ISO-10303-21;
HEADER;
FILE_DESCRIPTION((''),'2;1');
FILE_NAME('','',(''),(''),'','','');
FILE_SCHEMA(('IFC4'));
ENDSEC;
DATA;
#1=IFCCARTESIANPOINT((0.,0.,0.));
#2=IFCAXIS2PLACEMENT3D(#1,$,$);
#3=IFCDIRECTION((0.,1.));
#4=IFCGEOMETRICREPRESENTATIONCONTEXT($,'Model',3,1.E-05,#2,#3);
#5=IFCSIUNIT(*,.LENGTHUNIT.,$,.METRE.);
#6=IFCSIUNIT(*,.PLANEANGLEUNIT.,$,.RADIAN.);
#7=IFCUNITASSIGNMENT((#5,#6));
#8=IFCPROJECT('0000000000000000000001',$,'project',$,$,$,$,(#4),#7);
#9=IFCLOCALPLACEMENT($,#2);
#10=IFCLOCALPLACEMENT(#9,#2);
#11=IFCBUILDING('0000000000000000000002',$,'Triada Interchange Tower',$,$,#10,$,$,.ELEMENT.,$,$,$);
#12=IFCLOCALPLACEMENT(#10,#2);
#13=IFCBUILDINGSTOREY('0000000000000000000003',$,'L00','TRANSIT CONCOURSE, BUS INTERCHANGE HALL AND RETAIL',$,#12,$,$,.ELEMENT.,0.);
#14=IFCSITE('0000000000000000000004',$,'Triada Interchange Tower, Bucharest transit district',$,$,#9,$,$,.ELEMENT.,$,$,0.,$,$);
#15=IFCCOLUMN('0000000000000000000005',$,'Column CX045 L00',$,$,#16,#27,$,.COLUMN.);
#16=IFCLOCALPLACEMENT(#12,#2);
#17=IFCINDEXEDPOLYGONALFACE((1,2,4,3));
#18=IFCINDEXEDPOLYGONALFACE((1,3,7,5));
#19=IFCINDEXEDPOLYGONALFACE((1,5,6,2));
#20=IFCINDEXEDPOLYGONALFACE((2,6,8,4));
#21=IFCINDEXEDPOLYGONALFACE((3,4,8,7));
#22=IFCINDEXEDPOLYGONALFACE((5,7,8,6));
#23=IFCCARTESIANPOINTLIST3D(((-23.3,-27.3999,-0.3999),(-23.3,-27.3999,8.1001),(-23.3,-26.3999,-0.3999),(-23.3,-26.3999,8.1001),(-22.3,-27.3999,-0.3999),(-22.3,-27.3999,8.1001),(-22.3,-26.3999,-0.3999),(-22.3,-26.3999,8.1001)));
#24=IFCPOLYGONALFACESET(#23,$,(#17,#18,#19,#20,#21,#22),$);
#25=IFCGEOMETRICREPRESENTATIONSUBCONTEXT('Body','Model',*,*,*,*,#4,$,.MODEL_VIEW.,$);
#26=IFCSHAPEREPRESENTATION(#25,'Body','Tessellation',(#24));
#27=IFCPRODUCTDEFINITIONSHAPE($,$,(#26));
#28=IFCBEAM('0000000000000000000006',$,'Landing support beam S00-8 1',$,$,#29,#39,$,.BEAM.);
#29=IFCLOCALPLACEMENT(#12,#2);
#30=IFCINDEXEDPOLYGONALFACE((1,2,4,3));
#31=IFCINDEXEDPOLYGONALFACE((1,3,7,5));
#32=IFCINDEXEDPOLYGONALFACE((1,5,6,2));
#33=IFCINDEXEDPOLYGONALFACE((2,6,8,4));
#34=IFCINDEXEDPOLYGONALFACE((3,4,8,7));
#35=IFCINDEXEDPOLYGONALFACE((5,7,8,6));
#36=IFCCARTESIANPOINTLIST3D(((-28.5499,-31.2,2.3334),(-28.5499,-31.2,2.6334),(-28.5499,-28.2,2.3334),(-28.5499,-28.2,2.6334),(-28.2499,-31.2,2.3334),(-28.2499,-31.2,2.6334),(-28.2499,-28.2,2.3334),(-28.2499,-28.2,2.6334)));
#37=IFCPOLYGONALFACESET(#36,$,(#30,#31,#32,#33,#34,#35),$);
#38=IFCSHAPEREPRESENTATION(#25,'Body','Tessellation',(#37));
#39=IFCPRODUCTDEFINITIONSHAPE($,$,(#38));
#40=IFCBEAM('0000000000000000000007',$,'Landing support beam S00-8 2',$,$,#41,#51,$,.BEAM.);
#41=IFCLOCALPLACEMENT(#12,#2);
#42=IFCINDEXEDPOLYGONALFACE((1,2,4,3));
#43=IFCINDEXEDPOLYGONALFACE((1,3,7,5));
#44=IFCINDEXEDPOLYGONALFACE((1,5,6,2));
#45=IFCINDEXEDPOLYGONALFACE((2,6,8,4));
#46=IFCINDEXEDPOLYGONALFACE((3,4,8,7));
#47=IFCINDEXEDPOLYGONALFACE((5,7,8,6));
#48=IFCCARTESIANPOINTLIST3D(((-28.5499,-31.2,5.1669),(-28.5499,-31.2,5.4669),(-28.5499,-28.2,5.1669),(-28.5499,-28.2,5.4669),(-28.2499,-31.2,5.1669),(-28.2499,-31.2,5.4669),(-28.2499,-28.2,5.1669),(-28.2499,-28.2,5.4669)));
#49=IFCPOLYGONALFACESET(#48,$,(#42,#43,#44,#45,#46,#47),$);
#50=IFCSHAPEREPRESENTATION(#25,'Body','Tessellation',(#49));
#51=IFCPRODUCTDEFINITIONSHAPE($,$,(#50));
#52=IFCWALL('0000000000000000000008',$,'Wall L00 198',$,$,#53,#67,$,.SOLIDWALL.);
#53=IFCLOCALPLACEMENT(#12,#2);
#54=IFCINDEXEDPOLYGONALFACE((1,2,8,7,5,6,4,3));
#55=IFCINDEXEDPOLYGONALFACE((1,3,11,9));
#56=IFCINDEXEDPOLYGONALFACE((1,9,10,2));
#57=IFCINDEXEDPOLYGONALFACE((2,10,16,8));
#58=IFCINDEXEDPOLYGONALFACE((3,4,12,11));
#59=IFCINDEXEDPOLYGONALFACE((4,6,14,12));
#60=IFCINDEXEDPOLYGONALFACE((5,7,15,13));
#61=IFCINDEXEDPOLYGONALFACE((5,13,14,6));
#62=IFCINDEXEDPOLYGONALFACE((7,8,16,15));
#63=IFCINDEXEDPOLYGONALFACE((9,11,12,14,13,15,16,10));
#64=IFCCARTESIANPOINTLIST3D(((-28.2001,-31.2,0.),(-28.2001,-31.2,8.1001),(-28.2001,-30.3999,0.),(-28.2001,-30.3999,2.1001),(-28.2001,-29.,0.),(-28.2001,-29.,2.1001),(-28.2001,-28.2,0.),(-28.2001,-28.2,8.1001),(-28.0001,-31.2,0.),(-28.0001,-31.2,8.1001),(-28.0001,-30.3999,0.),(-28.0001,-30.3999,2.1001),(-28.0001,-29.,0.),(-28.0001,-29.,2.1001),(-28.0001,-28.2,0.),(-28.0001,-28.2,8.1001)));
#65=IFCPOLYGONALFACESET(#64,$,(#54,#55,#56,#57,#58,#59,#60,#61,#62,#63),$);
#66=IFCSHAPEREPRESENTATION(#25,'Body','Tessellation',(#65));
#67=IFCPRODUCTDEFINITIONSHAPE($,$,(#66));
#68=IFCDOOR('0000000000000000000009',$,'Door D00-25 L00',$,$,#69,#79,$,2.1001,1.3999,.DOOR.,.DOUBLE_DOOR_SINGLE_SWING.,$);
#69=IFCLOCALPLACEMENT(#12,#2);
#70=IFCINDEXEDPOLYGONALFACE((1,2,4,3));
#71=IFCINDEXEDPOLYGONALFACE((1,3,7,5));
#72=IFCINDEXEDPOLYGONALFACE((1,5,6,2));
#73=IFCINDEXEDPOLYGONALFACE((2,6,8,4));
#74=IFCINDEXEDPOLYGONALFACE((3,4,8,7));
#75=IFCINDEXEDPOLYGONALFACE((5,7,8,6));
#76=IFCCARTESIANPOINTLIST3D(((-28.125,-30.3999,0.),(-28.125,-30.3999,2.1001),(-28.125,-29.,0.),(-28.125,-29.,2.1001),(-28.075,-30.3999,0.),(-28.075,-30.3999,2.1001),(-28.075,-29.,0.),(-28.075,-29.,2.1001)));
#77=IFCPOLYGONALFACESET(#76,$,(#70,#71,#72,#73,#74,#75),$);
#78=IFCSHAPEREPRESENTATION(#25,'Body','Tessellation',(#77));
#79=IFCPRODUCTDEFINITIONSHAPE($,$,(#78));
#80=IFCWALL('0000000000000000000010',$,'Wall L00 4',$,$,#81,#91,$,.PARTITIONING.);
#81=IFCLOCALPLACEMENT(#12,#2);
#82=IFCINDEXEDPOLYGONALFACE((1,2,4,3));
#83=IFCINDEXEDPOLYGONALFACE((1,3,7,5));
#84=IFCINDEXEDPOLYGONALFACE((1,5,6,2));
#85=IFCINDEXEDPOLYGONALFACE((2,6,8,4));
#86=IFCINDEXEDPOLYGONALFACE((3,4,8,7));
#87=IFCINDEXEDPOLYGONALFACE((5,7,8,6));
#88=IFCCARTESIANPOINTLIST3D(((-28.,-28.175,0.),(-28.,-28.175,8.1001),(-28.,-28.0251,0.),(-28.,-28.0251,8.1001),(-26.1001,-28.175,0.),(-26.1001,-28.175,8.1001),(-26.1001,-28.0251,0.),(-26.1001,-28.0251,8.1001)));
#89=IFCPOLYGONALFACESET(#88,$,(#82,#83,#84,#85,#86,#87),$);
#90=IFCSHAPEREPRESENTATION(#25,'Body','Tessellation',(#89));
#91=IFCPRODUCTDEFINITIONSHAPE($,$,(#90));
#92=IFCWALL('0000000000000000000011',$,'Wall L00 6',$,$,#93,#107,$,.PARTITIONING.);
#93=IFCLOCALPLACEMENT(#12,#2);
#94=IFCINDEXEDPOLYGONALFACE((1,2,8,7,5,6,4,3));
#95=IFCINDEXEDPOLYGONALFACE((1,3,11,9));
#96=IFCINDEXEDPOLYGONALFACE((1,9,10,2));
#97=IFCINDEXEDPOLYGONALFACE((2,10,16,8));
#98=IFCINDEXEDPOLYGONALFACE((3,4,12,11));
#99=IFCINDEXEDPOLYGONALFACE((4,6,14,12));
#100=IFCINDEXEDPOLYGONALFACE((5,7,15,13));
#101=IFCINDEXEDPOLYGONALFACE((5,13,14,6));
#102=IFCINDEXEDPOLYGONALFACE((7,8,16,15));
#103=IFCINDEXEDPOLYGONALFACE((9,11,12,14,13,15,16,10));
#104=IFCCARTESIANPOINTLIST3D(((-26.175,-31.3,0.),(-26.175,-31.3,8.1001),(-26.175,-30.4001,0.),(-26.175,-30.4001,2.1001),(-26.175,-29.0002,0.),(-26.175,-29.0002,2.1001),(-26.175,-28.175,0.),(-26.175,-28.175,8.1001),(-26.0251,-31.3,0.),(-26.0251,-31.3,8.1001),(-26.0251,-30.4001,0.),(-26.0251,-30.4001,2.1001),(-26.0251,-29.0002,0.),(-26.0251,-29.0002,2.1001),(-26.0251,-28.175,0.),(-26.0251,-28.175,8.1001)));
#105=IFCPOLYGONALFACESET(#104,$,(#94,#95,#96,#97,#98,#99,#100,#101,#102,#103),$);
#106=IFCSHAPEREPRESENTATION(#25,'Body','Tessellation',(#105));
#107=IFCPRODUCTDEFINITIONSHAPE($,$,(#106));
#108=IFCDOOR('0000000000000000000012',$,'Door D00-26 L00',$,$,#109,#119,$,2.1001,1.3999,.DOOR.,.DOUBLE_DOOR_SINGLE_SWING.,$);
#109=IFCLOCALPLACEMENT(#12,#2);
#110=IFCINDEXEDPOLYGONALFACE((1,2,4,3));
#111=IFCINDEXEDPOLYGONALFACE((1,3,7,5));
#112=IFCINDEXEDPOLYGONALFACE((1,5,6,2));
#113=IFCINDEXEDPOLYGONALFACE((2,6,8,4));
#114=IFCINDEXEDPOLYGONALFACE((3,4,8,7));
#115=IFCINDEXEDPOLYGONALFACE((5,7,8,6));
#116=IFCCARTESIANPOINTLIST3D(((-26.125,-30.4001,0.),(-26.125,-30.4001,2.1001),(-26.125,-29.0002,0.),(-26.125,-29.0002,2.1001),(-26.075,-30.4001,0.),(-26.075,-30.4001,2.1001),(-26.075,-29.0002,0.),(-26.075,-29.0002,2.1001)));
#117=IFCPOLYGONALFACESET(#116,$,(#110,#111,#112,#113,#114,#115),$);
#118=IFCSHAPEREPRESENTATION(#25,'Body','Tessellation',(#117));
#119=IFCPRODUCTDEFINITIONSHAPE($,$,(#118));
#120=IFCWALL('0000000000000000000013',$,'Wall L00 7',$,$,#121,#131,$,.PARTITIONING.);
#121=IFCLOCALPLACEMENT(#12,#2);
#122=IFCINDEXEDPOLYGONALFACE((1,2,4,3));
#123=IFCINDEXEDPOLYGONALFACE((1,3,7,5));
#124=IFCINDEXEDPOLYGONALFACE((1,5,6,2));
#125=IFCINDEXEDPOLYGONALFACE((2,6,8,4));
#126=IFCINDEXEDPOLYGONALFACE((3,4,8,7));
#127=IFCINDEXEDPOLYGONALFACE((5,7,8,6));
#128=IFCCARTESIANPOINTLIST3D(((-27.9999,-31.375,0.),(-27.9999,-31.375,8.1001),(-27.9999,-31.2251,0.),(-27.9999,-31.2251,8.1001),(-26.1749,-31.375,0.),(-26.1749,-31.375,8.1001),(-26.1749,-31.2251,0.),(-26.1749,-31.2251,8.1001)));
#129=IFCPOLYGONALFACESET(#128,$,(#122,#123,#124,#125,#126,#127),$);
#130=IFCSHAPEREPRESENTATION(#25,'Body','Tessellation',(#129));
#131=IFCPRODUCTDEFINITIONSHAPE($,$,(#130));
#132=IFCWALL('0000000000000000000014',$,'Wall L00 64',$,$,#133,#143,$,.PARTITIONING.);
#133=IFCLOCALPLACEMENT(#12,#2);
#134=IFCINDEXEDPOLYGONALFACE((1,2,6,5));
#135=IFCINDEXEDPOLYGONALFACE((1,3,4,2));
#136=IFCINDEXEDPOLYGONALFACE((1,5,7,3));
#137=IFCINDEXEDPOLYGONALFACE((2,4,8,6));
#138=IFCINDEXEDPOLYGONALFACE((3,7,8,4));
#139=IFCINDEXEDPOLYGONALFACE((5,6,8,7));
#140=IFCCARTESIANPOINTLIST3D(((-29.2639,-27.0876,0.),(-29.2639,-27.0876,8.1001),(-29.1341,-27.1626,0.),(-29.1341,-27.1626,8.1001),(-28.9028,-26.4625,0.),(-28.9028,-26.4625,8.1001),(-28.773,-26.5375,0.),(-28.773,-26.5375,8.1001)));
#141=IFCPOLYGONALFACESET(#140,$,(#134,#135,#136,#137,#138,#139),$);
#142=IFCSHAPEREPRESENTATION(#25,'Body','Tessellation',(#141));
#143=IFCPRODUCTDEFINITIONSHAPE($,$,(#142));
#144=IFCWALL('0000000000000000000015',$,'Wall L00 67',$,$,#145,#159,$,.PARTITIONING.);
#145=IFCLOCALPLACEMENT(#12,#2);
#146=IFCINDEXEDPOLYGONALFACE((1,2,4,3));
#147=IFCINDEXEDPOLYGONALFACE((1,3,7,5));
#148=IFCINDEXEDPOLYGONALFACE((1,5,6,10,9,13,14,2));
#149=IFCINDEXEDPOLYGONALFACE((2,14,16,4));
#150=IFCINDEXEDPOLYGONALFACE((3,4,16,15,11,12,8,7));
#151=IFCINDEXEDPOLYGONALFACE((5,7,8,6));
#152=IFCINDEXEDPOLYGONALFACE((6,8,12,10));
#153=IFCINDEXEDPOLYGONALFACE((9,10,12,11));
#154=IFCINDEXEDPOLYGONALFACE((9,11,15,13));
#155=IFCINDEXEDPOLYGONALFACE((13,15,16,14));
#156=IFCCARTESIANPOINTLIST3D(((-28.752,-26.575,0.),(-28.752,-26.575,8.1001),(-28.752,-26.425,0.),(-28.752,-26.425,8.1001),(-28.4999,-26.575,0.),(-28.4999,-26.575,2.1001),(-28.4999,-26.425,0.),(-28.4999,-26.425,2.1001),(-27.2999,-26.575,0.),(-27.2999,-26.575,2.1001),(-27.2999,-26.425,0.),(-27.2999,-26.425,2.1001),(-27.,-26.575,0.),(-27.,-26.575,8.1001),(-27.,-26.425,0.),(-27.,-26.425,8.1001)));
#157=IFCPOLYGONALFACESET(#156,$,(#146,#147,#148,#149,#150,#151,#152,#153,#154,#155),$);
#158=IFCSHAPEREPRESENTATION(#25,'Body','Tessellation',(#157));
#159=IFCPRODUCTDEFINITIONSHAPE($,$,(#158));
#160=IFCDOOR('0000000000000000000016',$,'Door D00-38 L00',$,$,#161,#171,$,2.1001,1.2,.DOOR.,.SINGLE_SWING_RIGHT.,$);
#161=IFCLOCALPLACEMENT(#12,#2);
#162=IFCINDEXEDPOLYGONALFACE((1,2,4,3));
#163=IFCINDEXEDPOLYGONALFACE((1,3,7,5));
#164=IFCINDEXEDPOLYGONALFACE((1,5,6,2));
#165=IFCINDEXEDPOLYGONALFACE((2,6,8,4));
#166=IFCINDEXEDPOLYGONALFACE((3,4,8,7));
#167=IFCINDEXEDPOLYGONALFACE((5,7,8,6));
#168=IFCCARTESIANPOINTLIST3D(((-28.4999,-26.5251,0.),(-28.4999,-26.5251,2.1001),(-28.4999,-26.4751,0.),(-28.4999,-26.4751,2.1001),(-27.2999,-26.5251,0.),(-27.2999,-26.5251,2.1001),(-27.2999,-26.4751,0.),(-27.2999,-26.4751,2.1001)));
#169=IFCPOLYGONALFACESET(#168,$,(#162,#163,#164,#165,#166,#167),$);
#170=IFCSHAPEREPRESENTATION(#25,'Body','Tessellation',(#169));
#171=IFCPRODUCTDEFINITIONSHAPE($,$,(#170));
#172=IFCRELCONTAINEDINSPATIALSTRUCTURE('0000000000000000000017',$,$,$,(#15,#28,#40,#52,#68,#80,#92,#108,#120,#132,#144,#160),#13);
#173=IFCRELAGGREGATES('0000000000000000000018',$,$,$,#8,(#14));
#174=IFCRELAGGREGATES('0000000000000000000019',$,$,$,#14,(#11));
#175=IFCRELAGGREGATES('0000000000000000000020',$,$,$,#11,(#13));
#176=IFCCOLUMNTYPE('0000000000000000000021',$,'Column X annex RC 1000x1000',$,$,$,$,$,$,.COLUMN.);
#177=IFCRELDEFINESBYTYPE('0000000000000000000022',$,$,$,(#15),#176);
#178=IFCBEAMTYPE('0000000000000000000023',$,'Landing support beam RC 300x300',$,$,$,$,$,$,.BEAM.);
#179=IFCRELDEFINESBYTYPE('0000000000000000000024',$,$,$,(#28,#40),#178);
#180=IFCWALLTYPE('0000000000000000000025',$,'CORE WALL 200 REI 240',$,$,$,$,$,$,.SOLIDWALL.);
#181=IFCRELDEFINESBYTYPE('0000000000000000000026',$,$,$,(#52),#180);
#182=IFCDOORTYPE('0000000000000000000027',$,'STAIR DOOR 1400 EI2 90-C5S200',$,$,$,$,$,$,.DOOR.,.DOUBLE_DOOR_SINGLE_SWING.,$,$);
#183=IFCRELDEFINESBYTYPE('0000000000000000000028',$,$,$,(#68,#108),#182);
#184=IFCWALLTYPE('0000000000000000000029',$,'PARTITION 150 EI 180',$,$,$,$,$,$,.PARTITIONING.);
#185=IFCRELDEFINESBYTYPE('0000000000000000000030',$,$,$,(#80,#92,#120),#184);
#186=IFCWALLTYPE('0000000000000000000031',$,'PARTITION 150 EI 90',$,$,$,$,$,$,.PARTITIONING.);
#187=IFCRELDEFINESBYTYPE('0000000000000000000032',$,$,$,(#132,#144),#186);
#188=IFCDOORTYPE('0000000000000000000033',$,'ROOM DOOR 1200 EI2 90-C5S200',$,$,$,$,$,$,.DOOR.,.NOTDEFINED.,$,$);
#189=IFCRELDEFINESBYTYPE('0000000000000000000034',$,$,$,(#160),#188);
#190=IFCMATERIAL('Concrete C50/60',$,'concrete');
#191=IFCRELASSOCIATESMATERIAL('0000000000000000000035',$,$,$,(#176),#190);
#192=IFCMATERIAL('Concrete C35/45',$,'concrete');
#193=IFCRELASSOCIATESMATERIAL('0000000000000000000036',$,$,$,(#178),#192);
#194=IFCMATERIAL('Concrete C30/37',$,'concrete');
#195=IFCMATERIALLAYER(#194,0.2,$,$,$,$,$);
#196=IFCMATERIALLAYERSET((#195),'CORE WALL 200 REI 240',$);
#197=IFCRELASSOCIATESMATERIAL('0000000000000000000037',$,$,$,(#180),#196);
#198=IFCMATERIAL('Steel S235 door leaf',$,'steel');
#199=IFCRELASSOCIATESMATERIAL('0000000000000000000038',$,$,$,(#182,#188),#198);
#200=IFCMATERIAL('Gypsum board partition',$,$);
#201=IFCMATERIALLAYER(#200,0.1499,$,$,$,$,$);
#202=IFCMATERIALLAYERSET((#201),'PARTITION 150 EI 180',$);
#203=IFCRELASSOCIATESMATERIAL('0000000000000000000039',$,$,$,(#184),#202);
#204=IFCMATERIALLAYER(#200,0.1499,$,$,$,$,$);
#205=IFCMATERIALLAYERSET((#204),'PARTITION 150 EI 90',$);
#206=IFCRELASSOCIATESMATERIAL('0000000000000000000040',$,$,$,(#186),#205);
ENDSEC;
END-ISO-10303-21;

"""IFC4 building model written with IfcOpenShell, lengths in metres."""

from ifc_helpers import new_model, si_unit, direction, frame, frame_2d, origin, origin_2d, place, context, subcontext, project, spatial, rectangle, extrude, material, layer, layer_set, material_profile, profile_set, type_object, element, fill, save


model = new_model("IFC4")

# Units and contexts
model_context = context("Model", 3, precision=1e-05, world=origin(), true_north=direction((0.0, 1.0)))
body_context = subcontext(model_context, "Body", "Model", "MODEL_VIEW")
ifc_project = project(units=[si_unit("LENGTHUNIT", "METRE"), si_unit("PLANEANGLEUNIT", "RADIAN")], contexts=[model_context])

# Site, building, storey
site_placement = place(None, origin())
site = spatial("IfcSite", under=ifc_project, at=site_placement, Name="Triada Interchange Tower, Bucharest transit district", CompositionType="ELEMENT", RefElevation=0.0)
building_placement = place(site_placement, origin())
building = spatial("IfcBuilding", under=site, at=building_placement, Name="Triada Interchange Tower", CompositionType="ELEMENT")
storey_placement = place(building_placement, origin())
storey = spatial("IfcBuildingStorey", under=building, at=storey_placement, Name="L00", Description="TRANSIT CONCOURSE, BUS INTERCHANGE HALL AND RETAIL", CompositionType="ELEMENT", Elevation=0.0)

# Column
ifc_material_1 = material(Name="Concrete C50/60", Category="concrete")
ifc_material_profile_1 = material_profile(ifc_material_1, rectangle(XDim=1.0, YDim=1.0, at=origin_2d()), Name="RC 1000x1000")
ifc_profile_set_1 = profile_set([ifc_material_profile_1], Name="Concrete C50/60")
column_type = type_object("IfcColumnType", Name="Column X annex RC 1000x1000", PredefinedType="COLUMN", material=ifc_profile_set_1)
column_placement = place(storey_placement, frame((-22.8, -26.8999, -0.3999), z_axis=(0.0, 0.0, 1.0), x_axis=(1.0, 0.0, 0.0)))
element("IfcColumn", 1, at=column_placement, inside=storey, type_object=column_type, Name="Column CX045 L00", PredefinedType="COLUMN", context=body_context, shape_type="SweptSolid", body=[
    extrude(rectangle(XDim=1.0, YDim=1.0, at=origin_2d()), origin(), (0.0, 0.0, 1.0), 8.5),
])

# Beams
ifc_material_2 = material(Name="Concrete C35/45", Category="concrete")
ifc_material_profile_2 = material_profile(ifc_material_2, rectangle(XDim=0.3, YDim=0.3, at=origin_2d()), Name="RC 300x300")
ifc_profile_set_2 = profile_set([ifc_material_profile_2], Name="Concrete C35/45")
beam_type = type_object("IfcBeamType", Name="Landing support beam RC 300x300", PredefinedType="BEAM", material=ifc_profile_set_2)
for number, where, z_axis, x_axis, name in (
    (2, (-28.3999, -31.2, 2.4834), (0.0, 1.0, 0.0), (-1.0, 0.0, 0.0), "Landing support beam S00-8 1"),
    (3, (-28.3999, -31.2, 5.3169), (0.0, 1.0, 0.0), (-1.0, 0.0, 0.0), "Landing support beam S00-8 2"),
):
    element("IfcBeam", number, at=place(storey_placement, frame(where, z_axis=z_axis, x_axis=x_axis)), inside=storey, type_object=beam_type, Name=name, PredefinedType="BEAM", context=body_context, shape_type="SweptSolid", body=[
        extrude(rectangle(XDim=0.3, YDim=0.3, at=origin_2d()), origin(), (0.0, 0.0, 1.0), 3.0),
    ])

# Wall, opening, door
ifc_material_3 = material(Name="Concrete C30/37", Category="concrete")
ifc_layer_1 = layer(ifc_material_3, 0.2)
ifc_layer_set_1 = layer_set([ifc_layer_1], Name="CORE WALL 200 REI 240")
wall_type_1 = type_object("IfcWallType", Name="CORE WALL 200 REI 240", PredefinedType="SOLIDWALL", material=ifc_layer_set_1)
wall_1_placement = place(storey_placement, frame((-28.1001, -31.2, 0.0), z_axis=(0.0, 0.0, 1.0), x_axis=(0.0, 1.0, 0.0)))
wall_1 = element("IfcWall", 4, at=wall_1_placement, inside=storey, type_object=wall_type_1, Name="Wall L00 198", PredefinedType="SOLIDWALL", context=body_context, shape_type="SweptSolid", body=[
    extrude(rectangle(XDim=3.0, YDim=0.2, at=frame_2d((1.5, 0.0))), origin(), (0.0, 0.0, 1.0), 8.1001),
])
opening_1_placement = place(wall_1_placement, frame((0.8, 0.0, 0.0)))
opening_1 = element("IfcOpeningElement", 5, at=opening_1_placement, cuts=wall_1, PredefinedType="OPENING", context=body_context, shape_type="SweptSolid", body=[
    extrude(rectangle(XDim=1.3999, YDim=2.1001, at=frame_2d((0.7, 1.05))), frame((0.0, 0.1099, 0.0), z_axis=(0.0, -1.0, 0.0), x_axis=(1.0, 0.0, 0.0)), (0.0, 0.0, 1.0), 0.22),
])
ifc_material_4 = material(Name="Steel S235 door leaf", Category="steel")
door_type_1 = type_object("IfcDoorType", Name="STAIR DOOR 1400 EI2 90-C5S200", OperationType="DOUBLE_DOOR_SINGLE_SWING", PredefinedType="DOOR", material=ifc_material_4)
door_1_placement = place(opening_1_placement, origin())
door_1 = element("IfcDoor", 6, at=door_1_placement, inside=storey, type_object=door_type_1, Name="Door D00-25 L00", OperationType="DOUBLE_DOOR_SINGLE_SWING", OverallHeight=2.1001, OverallWidth=1.3999, PredefinedType="DOOR", context=body_context, shape_type="SweptSolid", body=[
    extrude(rectangle(XDim=1.3999, YDim=2.1001, at=frame_2d((0.7, 1.05))), frame((0.0, 0.0249, 0.0), z_axis=(0.0, -1.0, 0.0), x_axis=(1.0, 0.0, 0.0)), (0.0, 0.0, 1.0), 0.05),
])
fill(opening_1, door_1)

# Wall
ifc_material_5 = material(Name="Gypsum board partition")
ifc_layer_2 = layer(ifc_material_5, 0.1499)
ifc_layer_set_2 = layer_set([ifc_layer_2], Name="PARTITION 150 EI 180")
wall_type_2 = type_object("IfcWallType", Name="PARTITION 150 EI 180", PredefinedType="PARTITIONING", material=ifc_layer_set_2)
wall_2_placement = place(storey_placement, frame((-28.0, -28.1001, 0.0), z_axis=(0.0, 0.0, 1.0), x_axis=(1.0, 0.0, 0.0)))
element("IfcWall", 7, at=wall_2_placement, inside=storey, type_object=wall_type_2, Name="Wall L00 4", PredefinedType="PARTITIONING", context=body_context, shape_type="SweptSolid", body=[
    extrude(rectangle(XDim=1.8999, YDim=0.1499, at=frame_2d((0.95, 0.0))), origin(), (0.0, 0.0, 1.0), 8.1001),
])

# Wall, opening, door
wall_3_placement = place(storey_placement, frame((-26.1001, -31.3, 0.0), z_axis=(0.0, 0.0, 1.0), x_axis=(0.0, 1.0, 0.0)))
wall_3 = element("IfcWall", 8, at=wall_3_placement, inside=storey, type_object=wall_type_2, Name="Wall L00 6", PredefinedType="PARTITIONING", context=body_context, shape_type="SweptSolid", body=[
    extrude(rectangle(XDim=3.125, YDim=0.1499, at=frame_2d((1.5625, 0.0))), origin(), (0.0, 0.0, 1.0), 8.1001),
])
opening_2_placement = place(wall_3_placement, frame((0.8999, 0.0, 0.0)))
opening_2 = element("IfcOpeningElement", 9, at=opening_2_placement, cuts=wall_3, PredefinedType="OPENING", context=body_context, shape_type="SweptSolid", body=[
    extrude(rectangle(XDim=1.3999, YDim=2.1001, at=frame_2d((0.7, 1.05))), frame((0.0, 0.085, 0.0), z_axis=(0.0, -1.0, 0.0), x_axis=(1.0, 0.0, 0.0)), (0.0, 0.0, 1.0), 0.1699),
])
door_2_placement = place(opening_2_placement, origin())
door_2 = element("IfcDoor", 10, at=door_2_placement, inside=storey, type_object=door_type_1, Name="Door D00-26 L00", OperationType="DOUBLE_DOOR_SINGLE_SWING", OverallHeight=2.1001, OverallWidth=1.3999, PredefinedType="DOOR", context=body_context, shape_type="SweptSolid", body=[
    extrude(rectangle(XDim=1.3999, YDim=2.1001, at=frame_2d((0.7, 1.05))), frame((0.0, 0.0249, 0.0), z_axis=(0.0, -1.0, 0.0), x_axis=(1.0, 0.0, 0.0)), (0.0, 0.0, 1.0), 0.05),
])
fill(opening_2, door_2)

# Walls
wall_4_placement = place(storey_placement, frame((-28.0, -31.3, 0.0), z_axis=(0.0, 0.0, 1.0), x_axis=(1.0, 0.0, 0.0)))
element("IfcWall", 11, at=wall_4_placement, inside=storey, type_object=wall_type_2, Name="Wall L00 7", PredefinedType="PARTITIONING", context=body_context, shape_type="SweptSolid", body=[
    extrude(rectangle(XDim=1.825, YDim=0.1499, at=frame_2d((0.9126, 0.0))), origin(), (0.0, 0.0, 1.0), 8.1001),
])
ifc_layer_3 = layer(ifc_material_5, 0.1499)
ifc_layer_set_3 = layer_set([ifc_layer_3], Name="PARTITION 150 EI 90")
wall_type_3 = type_object("IfcWallType", Name="PARTITION 150 EI 90", PredefinedType="PARTITIONING", material=ifc_layer_set_3)
wall_5_placement = place(storey_placement, frame((-29.199, -27.125, 0.0), z_axis=(0.0, 0.0, 1.0), x_axis=(0.500249, 0.865881, 0.0)))
element("IfcWall", 12, at=wall_5_placement, inside=storey, type_object=wall_type_3, Name="Wall L00 64", PredefinedType="PARTITIONING", context=body_context, shape_type="SweptSolid", body=[
    extrude(rectangle(XDim=0.7219, YDim=0.1499, at=frame_2d((0.3608, 0.0))), origin(), (0.0, 0.0, 1.0), 8.1001),
])

# Wall, opening, door
wall_6_placement = place(storey_placement, frame((-28.752, -26.5, 0.0), z_axis=(0.0, 0.0, 1.0), x_axis=(1.0, 0.0, 0.0)))
wall_6 = element("IfcWall", 13, at=wall_6_placement, inside=storey, type_object=wall_type_3, Name="Wall L00 67", PredefinedType="PARTITIONING", context=body_context, shape_type="SweptSolid", body=[
    extrude(rectangle(XDim=1.752, YDim=0.1499, at=frame_2d((0.876, 0.0))), origin(), (0.0, 0.0, 1.0), 8.1001),
])
opening_3_placement = place(wall_6_placement, frame((0.252, 0.0, 0.0)))
opening_3 = element("IfcOpeningElement", 14, at=opening_3_placement, cuts=wall_6, PredefinedType="OPENING", context=body_context, shape_type="SweptSolid", body=[
    extrude(rectangle(XDim=1.2, YDim=2.1001, at=frame_2d((0.6001, 1.05))), frame((0.0, 0.085, 0.0), z_axis=(0.0, -1.0, 0.0), x_axis=(1.0, 0.0, 0.0)), (0.0, 0.0, 1.0), 0.1699),
])
door_type_2 = type_object("IfcDoorType", Name="ROOM DOOR 1200 EI2 90-C5S200", OperationType="NOTDEFINED", PredefinedType="DOOR", material=ifc_material_4)
door_3_placement = place(opening_3_placement, origin())
door_3 = element("IfcDoor", 15, at=door_3_placement, inside=storey, type_object=door_type_2, Name="Door D00-38 L00", OperationType="SINGLE_SWING_RIGHT", OverallHeight=2.1001, OverallWidth=1.2, PredefinedType="DOOR", context=body_context, shape_type="SweptSolid", body=[
    extrude(rectangle(XDim=1.2, YDim=2.1001, at=frame_2d((0.6001, 1.05))), frame((0.0, 0.0249, 0.0), z_axis=(0.0, -1.0, 0.0), x_axis=(1.0, 0.0, 0.0)), (0.0, 0.0, 1.0), 0.05),
])
fill(opening_3, door_3)

save(model, "model.ifc")
